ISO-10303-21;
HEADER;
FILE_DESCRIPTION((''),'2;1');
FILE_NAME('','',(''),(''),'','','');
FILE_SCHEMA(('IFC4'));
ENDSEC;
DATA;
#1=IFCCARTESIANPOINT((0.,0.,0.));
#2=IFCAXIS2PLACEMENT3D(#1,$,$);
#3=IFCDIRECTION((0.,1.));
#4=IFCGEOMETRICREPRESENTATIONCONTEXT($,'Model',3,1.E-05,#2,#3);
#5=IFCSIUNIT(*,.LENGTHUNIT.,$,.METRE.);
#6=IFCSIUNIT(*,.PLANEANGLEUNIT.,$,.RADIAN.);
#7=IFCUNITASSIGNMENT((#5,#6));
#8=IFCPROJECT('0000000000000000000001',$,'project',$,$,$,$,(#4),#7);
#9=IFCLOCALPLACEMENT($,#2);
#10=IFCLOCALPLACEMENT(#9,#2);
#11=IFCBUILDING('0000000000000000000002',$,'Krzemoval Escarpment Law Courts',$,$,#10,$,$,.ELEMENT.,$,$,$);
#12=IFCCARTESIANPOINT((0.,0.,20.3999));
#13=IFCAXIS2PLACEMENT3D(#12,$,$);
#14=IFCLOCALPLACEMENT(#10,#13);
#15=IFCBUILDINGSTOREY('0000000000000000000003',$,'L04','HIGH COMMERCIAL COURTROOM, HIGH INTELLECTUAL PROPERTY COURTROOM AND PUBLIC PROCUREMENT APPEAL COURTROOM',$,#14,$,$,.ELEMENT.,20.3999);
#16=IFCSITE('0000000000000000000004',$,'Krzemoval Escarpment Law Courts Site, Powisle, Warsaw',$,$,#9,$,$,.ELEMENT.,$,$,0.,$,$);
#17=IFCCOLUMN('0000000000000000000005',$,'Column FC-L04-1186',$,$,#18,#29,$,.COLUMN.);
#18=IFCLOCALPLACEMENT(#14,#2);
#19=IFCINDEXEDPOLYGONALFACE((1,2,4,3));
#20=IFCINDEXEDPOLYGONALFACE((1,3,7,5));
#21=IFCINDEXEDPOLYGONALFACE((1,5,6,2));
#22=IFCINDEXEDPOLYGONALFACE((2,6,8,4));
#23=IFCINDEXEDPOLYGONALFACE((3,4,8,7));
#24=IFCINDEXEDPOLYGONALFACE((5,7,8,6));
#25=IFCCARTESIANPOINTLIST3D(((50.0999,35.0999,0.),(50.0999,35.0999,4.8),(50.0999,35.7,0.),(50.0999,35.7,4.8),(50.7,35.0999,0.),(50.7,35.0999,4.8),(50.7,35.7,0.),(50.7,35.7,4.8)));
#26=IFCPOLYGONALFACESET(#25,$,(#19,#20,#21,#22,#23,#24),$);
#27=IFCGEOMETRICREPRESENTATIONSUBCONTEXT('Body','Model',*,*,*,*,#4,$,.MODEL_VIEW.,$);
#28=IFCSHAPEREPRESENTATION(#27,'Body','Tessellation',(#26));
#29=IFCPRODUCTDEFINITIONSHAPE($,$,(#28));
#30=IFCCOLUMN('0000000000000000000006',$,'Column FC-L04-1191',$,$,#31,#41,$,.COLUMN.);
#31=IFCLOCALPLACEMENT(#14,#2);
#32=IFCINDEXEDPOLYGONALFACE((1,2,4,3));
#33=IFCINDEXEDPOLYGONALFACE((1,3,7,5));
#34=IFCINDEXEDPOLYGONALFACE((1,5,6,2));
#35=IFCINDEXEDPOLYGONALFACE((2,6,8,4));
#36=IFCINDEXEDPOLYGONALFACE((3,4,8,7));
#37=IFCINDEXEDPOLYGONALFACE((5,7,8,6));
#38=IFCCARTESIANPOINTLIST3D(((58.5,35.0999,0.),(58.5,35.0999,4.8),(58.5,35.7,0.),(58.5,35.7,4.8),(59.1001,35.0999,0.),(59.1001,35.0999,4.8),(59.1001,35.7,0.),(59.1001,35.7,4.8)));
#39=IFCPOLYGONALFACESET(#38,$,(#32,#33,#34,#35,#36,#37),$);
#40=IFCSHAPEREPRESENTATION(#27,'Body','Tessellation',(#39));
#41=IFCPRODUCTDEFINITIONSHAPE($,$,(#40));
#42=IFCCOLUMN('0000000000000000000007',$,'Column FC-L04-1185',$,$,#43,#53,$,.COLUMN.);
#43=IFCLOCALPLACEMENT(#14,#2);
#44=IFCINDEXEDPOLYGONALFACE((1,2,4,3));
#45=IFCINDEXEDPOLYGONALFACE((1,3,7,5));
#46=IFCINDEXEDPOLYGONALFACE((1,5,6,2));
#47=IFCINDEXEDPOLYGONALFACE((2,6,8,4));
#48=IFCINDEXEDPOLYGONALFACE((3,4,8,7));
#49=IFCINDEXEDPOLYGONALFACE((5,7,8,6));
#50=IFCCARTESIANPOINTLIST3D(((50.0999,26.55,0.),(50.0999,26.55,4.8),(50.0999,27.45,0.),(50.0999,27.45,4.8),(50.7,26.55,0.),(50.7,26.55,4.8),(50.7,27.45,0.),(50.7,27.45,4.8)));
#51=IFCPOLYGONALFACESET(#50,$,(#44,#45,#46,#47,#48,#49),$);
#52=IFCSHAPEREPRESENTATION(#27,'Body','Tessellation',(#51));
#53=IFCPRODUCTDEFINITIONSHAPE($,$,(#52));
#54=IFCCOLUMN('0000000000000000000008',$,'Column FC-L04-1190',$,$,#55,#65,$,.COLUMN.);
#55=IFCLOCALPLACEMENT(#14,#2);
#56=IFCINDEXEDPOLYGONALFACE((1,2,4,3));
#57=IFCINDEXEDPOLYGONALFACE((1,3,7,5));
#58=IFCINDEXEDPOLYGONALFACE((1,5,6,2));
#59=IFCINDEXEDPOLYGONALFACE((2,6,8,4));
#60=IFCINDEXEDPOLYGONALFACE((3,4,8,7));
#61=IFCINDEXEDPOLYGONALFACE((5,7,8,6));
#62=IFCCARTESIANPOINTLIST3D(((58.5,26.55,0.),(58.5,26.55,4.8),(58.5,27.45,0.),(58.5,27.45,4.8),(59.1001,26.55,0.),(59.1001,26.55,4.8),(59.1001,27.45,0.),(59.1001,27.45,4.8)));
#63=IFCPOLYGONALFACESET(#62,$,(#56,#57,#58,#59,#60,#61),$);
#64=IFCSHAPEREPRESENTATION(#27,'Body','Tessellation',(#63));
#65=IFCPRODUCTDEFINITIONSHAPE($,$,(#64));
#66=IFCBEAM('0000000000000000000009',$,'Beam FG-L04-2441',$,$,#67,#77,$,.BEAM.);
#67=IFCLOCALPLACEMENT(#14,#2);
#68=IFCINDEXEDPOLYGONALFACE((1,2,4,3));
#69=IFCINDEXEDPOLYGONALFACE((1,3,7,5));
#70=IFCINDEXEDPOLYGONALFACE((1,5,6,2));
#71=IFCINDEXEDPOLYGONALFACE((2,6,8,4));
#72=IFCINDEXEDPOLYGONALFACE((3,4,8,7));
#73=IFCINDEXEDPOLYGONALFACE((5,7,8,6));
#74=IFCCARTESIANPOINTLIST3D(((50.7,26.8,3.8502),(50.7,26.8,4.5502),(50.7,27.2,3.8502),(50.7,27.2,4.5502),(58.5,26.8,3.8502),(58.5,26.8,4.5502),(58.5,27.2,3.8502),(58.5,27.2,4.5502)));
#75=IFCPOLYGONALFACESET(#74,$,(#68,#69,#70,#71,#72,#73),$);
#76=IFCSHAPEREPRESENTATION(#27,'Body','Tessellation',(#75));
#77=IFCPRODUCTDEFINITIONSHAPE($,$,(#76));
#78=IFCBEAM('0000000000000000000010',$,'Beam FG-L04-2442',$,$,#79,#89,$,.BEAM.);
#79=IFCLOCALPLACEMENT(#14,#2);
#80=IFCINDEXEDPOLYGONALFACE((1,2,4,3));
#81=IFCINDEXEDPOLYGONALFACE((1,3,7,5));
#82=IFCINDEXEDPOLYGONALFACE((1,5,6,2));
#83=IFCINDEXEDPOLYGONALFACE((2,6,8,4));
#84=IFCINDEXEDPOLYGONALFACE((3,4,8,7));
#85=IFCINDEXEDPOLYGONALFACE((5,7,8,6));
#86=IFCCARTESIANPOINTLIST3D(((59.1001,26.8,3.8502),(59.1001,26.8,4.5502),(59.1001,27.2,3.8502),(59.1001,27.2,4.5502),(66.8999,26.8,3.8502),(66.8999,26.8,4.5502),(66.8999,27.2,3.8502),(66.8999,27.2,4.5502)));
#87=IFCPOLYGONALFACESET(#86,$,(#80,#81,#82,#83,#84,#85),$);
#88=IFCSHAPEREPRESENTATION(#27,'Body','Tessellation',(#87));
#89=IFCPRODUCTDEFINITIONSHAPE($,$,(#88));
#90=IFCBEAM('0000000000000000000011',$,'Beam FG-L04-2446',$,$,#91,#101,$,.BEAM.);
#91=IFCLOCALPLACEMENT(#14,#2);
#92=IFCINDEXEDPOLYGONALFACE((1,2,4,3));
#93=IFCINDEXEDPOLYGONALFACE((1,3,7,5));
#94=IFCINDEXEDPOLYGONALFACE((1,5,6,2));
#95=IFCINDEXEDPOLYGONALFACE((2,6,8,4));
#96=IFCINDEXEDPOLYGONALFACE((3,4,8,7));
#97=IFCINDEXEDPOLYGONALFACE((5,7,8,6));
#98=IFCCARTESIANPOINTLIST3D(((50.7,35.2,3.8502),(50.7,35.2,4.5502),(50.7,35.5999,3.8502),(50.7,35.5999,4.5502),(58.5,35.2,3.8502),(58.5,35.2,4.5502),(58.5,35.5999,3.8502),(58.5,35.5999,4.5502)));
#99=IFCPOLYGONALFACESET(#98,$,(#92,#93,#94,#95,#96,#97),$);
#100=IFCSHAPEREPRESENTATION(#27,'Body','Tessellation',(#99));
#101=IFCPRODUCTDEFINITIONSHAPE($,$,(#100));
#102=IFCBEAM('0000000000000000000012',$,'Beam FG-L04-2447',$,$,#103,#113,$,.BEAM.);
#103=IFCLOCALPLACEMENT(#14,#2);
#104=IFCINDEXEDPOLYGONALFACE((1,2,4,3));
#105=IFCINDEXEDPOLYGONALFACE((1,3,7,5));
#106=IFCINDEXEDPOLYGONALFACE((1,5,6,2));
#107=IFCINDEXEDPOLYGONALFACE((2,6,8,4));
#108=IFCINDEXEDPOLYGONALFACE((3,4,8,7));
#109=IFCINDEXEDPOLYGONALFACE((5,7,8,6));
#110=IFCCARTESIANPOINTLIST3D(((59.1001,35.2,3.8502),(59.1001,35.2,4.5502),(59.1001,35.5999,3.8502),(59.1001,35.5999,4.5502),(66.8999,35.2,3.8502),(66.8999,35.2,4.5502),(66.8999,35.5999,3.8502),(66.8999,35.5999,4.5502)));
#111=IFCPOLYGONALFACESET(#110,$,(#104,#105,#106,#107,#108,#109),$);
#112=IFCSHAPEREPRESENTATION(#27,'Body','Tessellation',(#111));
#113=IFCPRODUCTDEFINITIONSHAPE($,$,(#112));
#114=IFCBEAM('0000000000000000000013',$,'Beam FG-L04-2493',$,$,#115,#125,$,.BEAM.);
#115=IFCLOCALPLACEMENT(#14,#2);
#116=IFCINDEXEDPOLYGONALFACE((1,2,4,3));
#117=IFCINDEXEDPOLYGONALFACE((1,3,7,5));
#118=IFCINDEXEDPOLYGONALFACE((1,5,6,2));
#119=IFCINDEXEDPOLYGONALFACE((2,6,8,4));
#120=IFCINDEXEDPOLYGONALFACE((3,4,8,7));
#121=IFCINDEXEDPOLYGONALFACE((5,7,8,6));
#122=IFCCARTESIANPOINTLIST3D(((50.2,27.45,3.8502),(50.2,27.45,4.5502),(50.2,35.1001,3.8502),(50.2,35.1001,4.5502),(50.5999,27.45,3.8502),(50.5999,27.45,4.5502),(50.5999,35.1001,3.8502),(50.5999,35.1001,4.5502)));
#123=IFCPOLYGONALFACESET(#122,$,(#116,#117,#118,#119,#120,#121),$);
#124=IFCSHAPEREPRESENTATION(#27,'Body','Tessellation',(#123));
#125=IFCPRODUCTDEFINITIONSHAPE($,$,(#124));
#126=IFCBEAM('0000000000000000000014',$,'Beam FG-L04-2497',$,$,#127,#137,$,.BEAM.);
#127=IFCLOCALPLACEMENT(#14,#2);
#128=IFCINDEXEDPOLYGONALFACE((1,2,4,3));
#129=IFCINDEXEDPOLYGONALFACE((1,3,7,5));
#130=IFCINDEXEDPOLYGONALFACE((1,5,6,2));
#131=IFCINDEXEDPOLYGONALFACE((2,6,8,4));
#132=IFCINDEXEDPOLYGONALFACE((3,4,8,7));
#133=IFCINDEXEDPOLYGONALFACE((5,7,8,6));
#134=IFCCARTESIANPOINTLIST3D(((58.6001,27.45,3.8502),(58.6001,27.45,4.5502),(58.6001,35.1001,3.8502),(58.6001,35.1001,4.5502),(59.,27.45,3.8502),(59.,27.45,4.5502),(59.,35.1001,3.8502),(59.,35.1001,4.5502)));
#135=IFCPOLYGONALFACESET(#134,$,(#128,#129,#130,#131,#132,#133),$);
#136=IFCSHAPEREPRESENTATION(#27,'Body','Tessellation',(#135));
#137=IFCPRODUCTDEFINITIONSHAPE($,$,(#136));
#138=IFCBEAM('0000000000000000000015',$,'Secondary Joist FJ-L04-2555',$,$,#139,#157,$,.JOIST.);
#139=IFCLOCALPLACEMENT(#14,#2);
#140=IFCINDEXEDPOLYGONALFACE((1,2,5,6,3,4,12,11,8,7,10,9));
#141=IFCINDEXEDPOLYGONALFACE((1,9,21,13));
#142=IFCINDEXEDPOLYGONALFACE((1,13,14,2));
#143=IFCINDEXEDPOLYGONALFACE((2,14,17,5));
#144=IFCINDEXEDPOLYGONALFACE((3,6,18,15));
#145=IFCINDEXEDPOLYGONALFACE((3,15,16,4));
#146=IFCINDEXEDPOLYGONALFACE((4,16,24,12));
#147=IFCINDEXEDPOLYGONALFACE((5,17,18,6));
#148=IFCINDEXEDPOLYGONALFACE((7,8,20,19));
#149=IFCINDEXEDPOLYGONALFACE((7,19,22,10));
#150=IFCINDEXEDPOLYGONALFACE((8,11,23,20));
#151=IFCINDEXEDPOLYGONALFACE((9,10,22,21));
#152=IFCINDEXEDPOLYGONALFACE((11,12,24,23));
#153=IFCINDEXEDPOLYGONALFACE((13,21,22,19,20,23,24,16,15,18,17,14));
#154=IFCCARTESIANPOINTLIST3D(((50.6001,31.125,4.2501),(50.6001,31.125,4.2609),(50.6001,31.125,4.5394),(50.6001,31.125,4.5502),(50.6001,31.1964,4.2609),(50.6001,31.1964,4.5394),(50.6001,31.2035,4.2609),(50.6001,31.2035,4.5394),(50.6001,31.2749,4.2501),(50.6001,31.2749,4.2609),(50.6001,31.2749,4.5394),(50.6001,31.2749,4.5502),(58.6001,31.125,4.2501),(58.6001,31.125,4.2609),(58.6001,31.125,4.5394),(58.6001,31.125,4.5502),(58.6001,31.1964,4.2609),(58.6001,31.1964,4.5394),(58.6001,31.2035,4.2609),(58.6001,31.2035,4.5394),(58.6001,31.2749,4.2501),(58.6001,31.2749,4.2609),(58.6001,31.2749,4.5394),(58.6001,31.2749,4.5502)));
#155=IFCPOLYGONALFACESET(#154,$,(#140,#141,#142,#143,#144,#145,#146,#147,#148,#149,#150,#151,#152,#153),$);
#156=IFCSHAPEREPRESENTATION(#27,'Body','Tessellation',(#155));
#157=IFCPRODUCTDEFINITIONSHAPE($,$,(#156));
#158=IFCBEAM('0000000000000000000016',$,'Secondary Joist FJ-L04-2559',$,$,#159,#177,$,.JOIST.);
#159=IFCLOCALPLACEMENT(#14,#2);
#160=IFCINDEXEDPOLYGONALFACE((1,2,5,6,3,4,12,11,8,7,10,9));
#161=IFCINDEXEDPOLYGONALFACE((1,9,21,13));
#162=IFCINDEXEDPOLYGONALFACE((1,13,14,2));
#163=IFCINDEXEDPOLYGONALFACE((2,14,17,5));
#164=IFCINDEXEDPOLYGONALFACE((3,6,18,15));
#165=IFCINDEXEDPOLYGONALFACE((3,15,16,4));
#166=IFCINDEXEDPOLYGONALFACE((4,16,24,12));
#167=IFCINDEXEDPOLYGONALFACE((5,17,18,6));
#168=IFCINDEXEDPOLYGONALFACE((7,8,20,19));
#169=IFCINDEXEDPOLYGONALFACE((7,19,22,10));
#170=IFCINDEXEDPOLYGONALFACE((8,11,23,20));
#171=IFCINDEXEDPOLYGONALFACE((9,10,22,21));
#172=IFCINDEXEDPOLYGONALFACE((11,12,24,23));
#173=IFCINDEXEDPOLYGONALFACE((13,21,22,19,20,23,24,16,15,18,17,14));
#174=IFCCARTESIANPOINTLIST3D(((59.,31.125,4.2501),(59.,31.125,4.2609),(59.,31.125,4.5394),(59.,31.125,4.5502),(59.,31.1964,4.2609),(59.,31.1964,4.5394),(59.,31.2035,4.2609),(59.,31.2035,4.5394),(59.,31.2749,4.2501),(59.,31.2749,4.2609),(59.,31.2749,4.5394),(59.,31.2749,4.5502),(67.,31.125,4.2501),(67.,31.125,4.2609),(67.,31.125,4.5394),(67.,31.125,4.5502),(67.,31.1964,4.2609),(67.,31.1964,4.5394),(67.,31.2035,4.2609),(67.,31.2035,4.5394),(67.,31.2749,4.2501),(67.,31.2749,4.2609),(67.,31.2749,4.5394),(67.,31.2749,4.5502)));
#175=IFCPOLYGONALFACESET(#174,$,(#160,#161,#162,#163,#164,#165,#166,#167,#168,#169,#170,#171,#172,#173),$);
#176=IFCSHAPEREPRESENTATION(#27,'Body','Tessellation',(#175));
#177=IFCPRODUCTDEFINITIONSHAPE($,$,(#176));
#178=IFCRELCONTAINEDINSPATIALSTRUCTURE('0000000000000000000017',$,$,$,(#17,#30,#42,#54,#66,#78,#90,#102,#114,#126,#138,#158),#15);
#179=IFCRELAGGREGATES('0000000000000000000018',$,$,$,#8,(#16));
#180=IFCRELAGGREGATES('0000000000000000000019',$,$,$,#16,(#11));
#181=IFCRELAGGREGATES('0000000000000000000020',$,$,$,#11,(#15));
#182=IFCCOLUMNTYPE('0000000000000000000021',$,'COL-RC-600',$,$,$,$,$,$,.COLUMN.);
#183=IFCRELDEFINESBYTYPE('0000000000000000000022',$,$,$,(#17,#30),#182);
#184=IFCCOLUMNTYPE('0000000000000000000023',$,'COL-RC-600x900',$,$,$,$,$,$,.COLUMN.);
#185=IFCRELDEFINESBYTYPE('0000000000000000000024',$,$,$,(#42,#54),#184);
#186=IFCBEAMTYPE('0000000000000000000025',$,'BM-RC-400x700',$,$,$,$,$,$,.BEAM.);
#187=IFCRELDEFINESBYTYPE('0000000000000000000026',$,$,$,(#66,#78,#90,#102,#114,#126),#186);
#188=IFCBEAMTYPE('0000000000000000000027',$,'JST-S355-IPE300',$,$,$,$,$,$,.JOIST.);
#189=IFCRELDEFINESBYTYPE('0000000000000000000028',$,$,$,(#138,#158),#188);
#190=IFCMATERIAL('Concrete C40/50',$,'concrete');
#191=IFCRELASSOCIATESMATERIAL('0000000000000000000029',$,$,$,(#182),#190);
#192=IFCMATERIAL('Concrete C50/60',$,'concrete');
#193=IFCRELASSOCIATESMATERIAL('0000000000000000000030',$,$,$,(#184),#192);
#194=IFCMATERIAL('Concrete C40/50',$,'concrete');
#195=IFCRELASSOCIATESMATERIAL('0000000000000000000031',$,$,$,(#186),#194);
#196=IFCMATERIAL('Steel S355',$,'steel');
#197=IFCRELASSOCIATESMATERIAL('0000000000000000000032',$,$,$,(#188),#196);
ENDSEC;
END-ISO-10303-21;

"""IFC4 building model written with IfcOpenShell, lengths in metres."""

from ifc_helpers import new_model, si_unit, direction, frame, origin, origin_2d, place, context, subcontext, project, spatial, rectangle, i_section, extrude, material, material_profile, profile_set, type_object, element, save


model = new_model("IFC4")

# Units and contexts
model_context = context("Model", 3, precision=1e-05, world=origin(), true_north=direction((0.0, 1.0)))
body_context = subcontext(model_context, "Body", "Model", "MODEL_VIEW")
ifc_project = project(units=[si_unit("LENGTHUNIT", "METRE"), si_unit("PLANEANGLEUNIT", "RADIAN")], contexts=[model_context])

# Site, building, storey
site_placement = place(None, origin())
site = spatial("IfcSite", under=ifc_project, at=site_placement, Name="Krzemoval Escarpment Law Courts Site, Powisle, Warsaw", CompositionType="ELEMENT", RefElevation=0.0)
building_placement = place(site_placement, origin())
building = spatial("IfcBuilding", under=site, at=building_placement, Name="Krzemoval Escarpment Law Courts", CompositionType="ELEMENT")
storey_placement = place(building_placement, frame((0.0, 0.0, 20.3999)))
storey = spatial("IfcBuildingStorey", under=building, at=storey_placement, Name="L04", Description="HIGH COMMERCIAL COURTROOM, HIGH INTELLECTUAL PROPERTY COURTROOM AND PUBLIC PROCUREMENT APPEAL COURTROOM", CompositionType="ELEMENT", Elevation=20.3999)

# Columns
ifc_material_1 = material(Name="Concrete C40/50", Category="concrete")
ifc_material_profile_1 = material_profile(ifc_material_1, rectangle(XDim=0.6001, YDim=0.6001, at=origin_2d()), Name="RC 600x600")
ifc_profile_set_1 = profile_set([ifc_material_profile_1], Name="Concrete C40/50")
column_type_1 = type_object("IfcColumnType", Name="COL-RC-600", PredefinedType="COLUMN", material=ifc_profile_set_1)
for number, where, z_axis, x_axis, name in (
    (1, (50.3999, 35.3999, 0.0), (0.0, 0.0, 1.0), (1.0, 0.0, 0.0), "Column FC-L04-1186"),
    (2, (58.8, 35.3999, 0.0), (0.0, 0.0, 1.0), (1.0, 0.0, 0.0), "Column FC-L04-1191"),
):
    element("IfcColumn", number, at=place(storey_placement, frame(where, z_axis=z_axis, x_axis=x_axis)), inside=storey, type_object=column_type_1, Name=name, PredefinedType="COLUMN", context=body_context, shape_type="SweptSolid", body=[
        extrude(rectangle(XDim=0.6001, YDim=0.6001, at=origin_2d()), origin(), (0.0, 0.0, 1.0), 4.8),
    ])
ifc_material_2 = material(Name="Concrete C50/60", Category="concrete")
ifc_material_profile_2 = material_profile(ifc_material_2, rectangle(XDim=0.6001, YDim=0.8999, at=origin_2d()), Name="RC 600x900")
ifc_profile_set_2 = profile_set([ifc_material_profile_2], Name="Concrete C50/60")
column_type_2 = type_object("IfcColumnType", Name="COL-RC-600x900", PredefinedType="COLUMN", material=ifc_profile_set_2)
for number, where, z_axis, x_axis, name in (
    (3, (50.3999, 27.0, 0.0), (0.0, 0.0, 1.0), (1.0, 0.0, 0.0), "Column FC-L04-1185"),
    (4, (58.8, 27.0, 0.0), (0.0, 0.0, 1.0), (1.0, 0.0, 0.0), "Column FC-L04-1190"),
):
    element("IfcColumn", number, at=place(storey_placement, frame(where, z_axis=z_axis, x_axis=x_axis)), inside=storey, type_object=column_type_2, Name=name, PredefinedType="COLUMN", context=body_context, shape_type="SweptSolid", body=[
        extrude(rectangle(XDim=0.6001, YDim=0.8999, at=origin_2d()), origin(), (0.0, 0.0, 1.0), 4.8),
    ])

# Beams
ifc_material_3 = material(Name="Concrete C40/50", Category="concrete")
ifc_material_profile_3 = material_profile(ifc_material_3, rectangle(XDim=0.3999, YDim=0.7, at=origin_2d()), Name="RCB 400x700")
ifc_profile_set_3 = profile_set([ifc_material_profile_3], Name="Concrete C40/50")
beam_type_1 = type_object("IfcBeamType", Name="BM-RC-400x700", PredefinedType="BEAM", material=ifc_profile_set_3)
beam_1_placement = place(storey_placement, frame((50.7, 27.0, 4.2002), z_axis=(1.0, 0.0, 0.0), x_axis=(0.0, 1.0, 0.0)))
element("IfcBeam", 5, at=beam_1_placement, inside=storey, type_object=beam_type_1, Name="Beam FG-L04-2441", PredefinedType="BEAM", context=body_context, shape_type="SweptSolid", body=[
    extrude(rectangle(XDim=0.3999, YDim=0.7, at=origin_2d()), origin(), (0.0, 0.0, 1.0), 7.8),
])
beam_2_placement = place(storey_placement, frame((59.1001, 27.0, 4.2002), z_axis=(1.0, 0.0, 0.0), x_axis=(0.0, 1.0, 0.0)))
element("IfcBeam", 6, at=beam_2_placement, inside=storey, type_object=beam_type_1, Name="Beam FG-L04-2442", PredefinedType="BEAM", context=body_context, shape_type="SweptSolid", body=[
    extrude(rectangle(XDim=0.3999, YDim=0.7, at=origin_2d()), origin(), (0.0, 0.0, 1.0), 7.7998),
])
beam_3_placement = place(storey_placement, frame((50.7, 35.3999, 4.2002), z_axis=(1.0, 0.0, 0.0), x_axis=(0.0, 1.0, 0.0)))
element("IfcBeam", 7, at=beam_3_placement, inside=storey, type_object=beam_type_1, Name="Beam FG-L04-2446", PredefinedType="BEAM", context=body_context, shape_type="SweptSolid", body=[
    extrude(rectangle(XDim=0.3999, YDim=0.7, at=origin_2d()), origin(), (0.0, 0.0, 1.0), 7.8),
])
beam_4_placement = place(storey_placement, frame((59.1001, 35.3999, 4.2002), z_axis=(1.0, 0.0, 0.0), x_axis=(0.0, 1.0, 0.0)))
element("IfcBeam", 8, at=beam_4_placement, inside=storey, type_object=beam_type_1, Name="Beam FG-L04-2447", PredefinedType="BEAM", context=body_context, shape_type="SweptSolid", body=[
    extrude(rectangle(XDim=0.3999, YDim=0.7, at=origin_2d()), origin(), (0.0, 0.0, 1.0), 7.7998),
])
for number, where, z_axis, x_axis, name in (
    (9, (50.3999, 27.45, 4.2002), (0.0, 1.0, 0.0), (-1.0, 0.0, 0.0), "Beam FG-L04-2493"),
    (10, (58.8, 27.45, 4.2002), (0.0, 1.0, 0.0), (-1.0, 0.0, 0.0), "Beam FG-L04-2497"),
):
    element("IfcBeam", number, at=place(storey_placement, frame(where, z_axis=z_axis, x_axis=x_axis)), inside=storey, type_object=beam_type_1, Name=name, PredefinedType="BEAM", context=body_context, shape_type="SweptSolid", body=[
        extrude(rectangle(XDim=0.3999, YDim=0.7, at=origin_2d()), origin(), (0.0, 0.0, 1.0), 7.6501),
    ])
ifc_material_4 = material(Name="Steel S355", Category="steel")
ifc_material_profile_4 = material_profile(ifc_material_4, i_section(OverallWidth=0.1499, OverallDepth=0.3, WebThickness=0.0071, FlangeThickness=0.0107, at=origin_2d()), Name="IPE 300")
ifc_profile_set_4 = profile_set([ifc_material_profile_4], Name="Steel S355")
beam_type_2 = type_object("IfcBeamType", Name="JST-S355-IPE300", PredefinedType="JOIST", material=ifc_profile_set_4)
for number, where, z_axis, x_axis, name in (
    (11, (50.6001, 31.2, 4.4001), (1.0, 0.0, 0.0), (0.0, 1.0, 0.0), "Secondary Joist FJ-L04-2555"),
    (12, (59.0, 31.2, 4.4001), (1.0, 0.0, 0.0), (0.0, 1.0, 0.0), "Secondary Joist FJ-L04-2559"),
):
    element("IfcBeam", number, at=place(storey_placement, frame(where, z_axis=z_axis, x_axis=x_axis)), inside=storey, type_object=beam_type_2, Name=name, PredefinedType="JOIST", context=body_context, shape_type="SweptSolid", body=[
        extrude(i_section(OverallWidth=0.1499, OverallDepth=0.3, WebThickness=0.0071, FlangeThickness=0.0107, at=origin_2d()), origin(), (0.0, 0.0, 1.0), 8.0),
    ])

save(model, "model.ifc")
